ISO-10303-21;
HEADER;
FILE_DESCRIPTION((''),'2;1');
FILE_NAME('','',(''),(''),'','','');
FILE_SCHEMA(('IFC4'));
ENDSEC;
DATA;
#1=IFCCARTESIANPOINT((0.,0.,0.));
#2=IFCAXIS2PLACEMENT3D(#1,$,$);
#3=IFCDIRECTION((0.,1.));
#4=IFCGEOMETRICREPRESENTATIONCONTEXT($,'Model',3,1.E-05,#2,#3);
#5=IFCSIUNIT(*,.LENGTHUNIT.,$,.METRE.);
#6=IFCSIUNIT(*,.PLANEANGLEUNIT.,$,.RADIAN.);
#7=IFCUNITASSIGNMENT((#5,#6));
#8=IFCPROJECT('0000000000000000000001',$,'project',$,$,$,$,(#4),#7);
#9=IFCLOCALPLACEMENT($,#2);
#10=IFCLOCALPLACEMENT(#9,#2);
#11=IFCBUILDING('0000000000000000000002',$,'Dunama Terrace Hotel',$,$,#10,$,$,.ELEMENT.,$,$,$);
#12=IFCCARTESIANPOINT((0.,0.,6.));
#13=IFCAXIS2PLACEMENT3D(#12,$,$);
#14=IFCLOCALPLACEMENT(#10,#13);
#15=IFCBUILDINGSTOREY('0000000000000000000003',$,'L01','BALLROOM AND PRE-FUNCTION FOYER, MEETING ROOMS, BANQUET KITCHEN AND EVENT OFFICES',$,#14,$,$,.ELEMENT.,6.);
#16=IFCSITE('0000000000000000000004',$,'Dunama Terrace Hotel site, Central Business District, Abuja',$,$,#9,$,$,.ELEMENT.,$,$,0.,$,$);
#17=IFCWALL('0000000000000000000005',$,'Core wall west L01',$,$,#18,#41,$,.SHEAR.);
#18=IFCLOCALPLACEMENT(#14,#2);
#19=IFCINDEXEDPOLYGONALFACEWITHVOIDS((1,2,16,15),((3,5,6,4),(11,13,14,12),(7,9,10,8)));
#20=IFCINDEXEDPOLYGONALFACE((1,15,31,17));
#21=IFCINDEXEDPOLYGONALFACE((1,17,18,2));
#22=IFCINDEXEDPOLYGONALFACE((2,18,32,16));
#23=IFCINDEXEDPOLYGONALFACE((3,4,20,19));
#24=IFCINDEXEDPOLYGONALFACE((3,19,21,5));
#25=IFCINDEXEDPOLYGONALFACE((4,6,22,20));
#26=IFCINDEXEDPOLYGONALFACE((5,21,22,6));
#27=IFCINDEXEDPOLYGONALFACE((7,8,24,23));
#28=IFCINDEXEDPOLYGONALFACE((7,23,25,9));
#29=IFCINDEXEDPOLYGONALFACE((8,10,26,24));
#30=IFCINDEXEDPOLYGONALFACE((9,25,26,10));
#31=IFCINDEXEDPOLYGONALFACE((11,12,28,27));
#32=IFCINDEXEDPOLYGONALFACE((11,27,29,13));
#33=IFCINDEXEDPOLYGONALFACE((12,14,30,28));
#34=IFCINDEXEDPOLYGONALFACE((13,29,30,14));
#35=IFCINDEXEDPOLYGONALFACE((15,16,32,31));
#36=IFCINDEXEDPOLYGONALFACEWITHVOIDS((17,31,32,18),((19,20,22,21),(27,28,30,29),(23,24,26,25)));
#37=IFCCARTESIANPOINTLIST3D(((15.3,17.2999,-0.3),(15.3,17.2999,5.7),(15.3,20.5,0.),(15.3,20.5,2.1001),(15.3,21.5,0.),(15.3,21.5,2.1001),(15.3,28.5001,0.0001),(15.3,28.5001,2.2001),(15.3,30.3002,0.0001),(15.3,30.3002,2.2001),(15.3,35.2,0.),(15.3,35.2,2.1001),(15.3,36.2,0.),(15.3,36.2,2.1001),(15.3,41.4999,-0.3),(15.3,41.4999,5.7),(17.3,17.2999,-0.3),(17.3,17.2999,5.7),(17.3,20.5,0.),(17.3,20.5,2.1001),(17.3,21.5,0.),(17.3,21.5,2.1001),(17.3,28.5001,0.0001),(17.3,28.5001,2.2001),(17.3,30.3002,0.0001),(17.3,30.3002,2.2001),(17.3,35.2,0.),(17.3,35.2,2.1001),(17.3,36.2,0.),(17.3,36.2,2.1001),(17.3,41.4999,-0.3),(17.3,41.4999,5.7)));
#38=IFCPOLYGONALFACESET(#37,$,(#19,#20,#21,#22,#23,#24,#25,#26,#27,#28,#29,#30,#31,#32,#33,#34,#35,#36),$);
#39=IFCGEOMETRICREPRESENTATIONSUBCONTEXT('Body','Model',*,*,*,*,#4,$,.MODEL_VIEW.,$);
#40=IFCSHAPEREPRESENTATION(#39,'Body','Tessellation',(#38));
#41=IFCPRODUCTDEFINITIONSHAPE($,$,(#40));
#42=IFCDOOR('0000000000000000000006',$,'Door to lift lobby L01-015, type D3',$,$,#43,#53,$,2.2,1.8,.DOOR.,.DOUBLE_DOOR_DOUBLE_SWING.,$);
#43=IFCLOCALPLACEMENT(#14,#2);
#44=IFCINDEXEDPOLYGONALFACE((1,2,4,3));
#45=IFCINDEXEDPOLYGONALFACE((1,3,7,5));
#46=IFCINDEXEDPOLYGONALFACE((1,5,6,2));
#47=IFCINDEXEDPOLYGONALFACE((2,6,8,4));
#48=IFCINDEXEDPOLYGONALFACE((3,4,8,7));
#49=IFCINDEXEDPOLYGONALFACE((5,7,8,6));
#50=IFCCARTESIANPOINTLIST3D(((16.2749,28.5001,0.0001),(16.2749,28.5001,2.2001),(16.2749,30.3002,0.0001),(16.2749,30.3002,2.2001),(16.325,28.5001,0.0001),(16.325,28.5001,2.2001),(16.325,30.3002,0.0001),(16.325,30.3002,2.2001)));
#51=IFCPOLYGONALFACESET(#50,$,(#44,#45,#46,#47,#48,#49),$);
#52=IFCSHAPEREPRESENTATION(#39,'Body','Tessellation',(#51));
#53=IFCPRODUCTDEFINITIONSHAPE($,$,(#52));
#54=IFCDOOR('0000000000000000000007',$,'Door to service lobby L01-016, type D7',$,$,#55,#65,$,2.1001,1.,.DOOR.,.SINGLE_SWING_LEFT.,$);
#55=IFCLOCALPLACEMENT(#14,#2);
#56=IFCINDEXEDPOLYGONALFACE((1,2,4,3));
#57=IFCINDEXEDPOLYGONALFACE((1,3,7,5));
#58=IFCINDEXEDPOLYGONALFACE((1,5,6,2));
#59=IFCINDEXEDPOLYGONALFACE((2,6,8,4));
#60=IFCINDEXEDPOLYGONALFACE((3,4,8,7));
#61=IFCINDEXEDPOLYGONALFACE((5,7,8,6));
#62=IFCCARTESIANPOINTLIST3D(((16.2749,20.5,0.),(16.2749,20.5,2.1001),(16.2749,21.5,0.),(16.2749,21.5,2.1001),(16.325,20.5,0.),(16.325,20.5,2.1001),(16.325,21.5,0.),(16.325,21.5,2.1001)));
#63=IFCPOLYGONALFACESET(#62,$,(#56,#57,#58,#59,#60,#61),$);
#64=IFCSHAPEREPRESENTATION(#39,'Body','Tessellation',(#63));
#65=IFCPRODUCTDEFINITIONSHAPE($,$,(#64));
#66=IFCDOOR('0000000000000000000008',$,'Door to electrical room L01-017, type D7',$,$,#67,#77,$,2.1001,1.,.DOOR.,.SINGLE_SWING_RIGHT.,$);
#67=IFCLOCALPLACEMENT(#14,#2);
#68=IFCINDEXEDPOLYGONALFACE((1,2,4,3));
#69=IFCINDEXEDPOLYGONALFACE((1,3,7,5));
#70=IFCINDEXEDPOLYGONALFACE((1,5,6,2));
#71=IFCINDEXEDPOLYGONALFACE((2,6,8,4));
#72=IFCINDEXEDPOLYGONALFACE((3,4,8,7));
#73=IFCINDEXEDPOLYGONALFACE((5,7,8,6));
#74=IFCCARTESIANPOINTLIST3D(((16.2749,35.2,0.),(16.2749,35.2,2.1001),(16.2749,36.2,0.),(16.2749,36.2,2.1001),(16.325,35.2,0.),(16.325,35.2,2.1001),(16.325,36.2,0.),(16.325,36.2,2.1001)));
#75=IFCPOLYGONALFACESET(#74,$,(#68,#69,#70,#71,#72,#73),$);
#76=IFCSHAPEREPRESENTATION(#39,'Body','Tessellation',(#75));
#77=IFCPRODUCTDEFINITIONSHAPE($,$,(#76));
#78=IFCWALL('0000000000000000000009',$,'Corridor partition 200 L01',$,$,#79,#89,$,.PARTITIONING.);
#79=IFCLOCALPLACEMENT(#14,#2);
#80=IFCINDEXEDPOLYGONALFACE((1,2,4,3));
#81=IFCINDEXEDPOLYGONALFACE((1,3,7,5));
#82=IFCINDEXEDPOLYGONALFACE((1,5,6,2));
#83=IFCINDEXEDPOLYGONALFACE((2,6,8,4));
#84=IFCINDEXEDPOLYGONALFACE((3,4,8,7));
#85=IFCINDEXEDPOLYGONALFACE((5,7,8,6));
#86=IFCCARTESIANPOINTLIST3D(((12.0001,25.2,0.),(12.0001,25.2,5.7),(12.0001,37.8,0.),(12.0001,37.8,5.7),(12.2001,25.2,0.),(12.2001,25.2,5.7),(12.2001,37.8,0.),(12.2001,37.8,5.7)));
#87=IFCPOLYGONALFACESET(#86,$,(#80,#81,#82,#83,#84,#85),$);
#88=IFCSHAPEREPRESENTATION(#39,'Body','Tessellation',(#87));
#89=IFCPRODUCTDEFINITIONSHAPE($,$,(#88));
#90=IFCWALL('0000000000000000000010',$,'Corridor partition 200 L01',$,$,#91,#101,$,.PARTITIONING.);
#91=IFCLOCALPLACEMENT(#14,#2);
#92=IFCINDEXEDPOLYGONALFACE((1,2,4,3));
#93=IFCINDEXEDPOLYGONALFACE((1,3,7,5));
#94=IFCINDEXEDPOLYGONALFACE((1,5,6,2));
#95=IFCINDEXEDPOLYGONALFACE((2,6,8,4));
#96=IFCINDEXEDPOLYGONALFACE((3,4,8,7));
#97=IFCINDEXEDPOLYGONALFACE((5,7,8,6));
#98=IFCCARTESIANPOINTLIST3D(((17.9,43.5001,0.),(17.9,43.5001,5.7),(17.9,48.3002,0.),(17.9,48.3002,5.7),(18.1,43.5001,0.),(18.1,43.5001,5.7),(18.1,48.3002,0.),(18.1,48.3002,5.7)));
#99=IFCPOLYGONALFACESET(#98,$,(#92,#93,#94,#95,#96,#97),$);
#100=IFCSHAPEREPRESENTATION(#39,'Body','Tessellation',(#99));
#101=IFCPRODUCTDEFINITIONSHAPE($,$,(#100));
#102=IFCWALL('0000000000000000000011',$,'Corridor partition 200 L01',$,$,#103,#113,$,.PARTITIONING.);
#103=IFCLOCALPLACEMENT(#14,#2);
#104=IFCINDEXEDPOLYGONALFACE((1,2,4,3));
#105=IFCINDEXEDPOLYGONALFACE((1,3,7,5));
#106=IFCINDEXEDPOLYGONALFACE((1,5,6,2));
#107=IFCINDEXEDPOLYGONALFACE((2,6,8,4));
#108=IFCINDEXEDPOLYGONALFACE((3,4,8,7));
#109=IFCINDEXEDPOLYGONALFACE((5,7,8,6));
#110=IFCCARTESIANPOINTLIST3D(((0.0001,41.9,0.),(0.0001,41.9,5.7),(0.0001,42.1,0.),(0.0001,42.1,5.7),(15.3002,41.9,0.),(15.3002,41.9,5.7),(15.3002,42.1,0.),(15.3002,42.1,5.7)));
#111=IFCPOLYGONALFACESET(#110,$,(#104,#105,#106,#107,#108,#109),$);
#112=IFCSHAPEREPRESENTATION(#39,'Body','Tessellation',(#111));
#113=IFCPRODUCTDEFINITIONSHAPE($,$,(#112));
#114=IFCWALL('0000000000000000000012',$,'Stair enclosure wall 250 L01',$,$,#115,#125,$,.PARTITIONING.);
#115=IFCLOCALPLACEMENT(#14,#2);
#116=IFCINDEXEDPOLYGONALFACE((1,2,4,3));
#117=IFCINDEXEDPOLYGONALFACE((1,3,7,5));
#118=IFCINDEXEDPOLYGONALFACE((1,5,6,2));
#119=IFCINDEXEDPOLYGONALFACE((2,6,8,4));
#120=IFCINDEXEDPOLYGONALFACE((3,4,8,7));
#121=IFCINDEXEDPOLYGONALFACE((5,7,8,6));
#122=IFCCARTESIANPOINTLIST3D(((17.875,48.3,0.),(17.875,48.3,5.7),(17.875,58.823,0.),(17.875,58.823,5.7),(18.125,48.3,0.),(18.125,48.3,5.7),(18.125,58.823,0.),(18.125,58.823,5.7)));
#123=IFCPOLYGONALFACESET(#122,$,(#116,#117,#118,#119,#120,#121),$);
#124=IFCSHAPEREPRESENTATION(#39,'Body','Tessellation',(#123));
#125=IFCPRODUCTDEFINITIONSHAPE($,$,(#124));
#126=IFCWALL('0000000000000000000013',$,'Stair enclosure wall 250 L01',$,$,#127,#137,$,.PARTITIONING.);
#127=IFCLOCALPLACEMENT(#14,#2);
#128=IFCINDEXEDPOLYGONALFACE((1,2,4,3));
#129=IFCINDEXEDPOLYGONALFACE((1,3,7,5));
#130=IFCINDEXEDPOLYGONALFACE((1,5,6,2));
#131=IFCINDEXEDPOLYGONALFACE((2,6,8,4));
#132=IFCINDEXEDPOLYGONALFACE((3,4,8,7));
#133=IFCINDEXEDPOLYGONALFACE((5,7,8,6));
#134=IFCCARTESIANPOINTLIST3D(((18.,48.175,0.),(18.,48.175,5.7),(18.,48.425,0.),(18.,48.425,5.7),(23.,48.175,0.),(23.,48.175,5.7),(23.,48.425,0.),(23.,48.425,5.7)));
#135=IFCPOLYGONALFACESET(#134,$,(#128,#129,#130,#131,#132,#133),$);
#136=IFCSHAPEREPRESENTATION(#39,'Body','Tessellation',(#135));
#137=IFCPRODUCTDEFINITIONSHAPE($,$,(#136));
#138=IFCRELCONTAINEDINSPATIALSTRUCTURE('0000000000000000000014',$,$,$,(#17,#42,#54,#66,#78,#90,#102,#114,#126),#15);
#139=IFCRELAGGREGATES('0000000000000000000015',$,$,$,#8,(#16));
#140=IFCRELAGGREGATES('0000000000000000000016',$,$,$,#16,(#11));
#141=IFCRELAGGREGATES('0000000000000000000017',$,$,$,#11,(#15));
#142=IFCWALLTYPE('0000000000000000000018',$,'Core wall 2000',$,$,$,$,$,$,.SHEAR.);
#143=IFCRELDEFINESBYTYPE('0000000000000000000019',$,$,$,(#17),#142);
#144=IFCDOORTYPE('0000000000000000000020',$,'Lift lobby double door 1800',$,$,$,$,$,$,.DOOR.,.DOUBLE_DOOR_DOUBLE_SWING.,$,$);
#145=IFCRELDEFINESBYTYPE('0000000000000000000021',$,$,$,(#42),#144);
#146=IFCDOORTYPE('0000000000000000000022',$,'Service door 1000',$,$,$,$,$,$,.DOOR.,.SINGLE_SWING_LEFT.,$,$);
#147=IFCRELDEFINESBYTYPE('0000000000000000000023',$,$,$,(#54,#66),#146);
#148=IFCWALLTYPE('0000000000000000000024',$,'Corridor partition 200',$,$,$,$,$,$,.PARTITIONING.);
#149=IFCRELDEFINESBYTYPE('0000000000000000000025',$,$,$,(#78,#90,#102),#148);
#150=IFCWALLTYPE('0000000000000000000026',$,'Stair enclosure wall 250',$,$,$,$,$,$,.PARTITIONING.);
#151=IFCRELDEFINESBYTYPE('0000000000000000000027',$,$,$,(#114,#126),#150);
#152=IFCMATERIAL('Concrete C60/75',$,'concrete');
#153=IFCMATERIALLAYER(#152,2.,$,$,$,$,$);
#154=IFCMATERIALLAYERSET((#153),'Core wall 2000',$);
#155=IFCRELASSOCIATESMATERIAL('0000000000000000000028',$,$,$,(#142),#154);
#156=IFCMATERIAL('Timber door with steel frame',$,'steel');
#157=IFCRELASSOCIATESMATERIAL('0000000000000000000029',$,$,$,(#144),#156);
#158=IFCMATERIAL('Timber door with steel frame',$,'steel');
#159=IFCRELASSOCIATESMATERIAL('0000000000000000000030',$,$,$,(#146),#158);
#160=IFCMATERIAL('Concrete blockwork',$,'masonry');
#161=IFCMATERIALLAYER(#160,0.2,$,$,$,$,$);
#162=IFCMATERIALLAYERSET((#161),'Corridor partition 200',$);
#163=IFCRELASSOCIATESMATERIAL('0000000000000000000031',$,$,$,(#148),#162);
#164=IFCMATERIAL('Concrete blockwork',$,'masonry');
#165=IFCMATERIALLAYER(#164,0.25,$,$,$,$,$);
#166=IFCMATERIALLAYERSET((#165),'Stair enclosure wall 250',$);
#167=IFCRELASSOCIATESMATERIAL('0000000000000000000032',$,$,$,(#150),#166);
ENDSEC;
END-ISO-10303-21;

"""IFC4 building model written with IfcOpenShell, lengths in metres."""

from ifc_helpers import new_model, si_unit, direction, frame, frame_2d, origin, place, context, subcontext, project, spatial, rectangle, extrude, material, layer, layer_set, type_object, element, fill, save


model = new_model("IFC4")

# Units and contexts
model_context = context("Model", 3, precision=1e-05, world=origin(), true_north=direction((0.0, 1.0)))
body_context = subcontext(model_context, "Body", "Model", "MODEL_VIEW")
ifc_project = project(units=[si_unit("LENGTHUNIT", "METRE"), si_unit("PLANEANGLEUNIT", "RADIAN")], contexts=[model_context])

# Site, building, storey
site_placement = place(None, origin())
site = spatial("IfcSite", under=ifc_project, at=site_placement, Name="Dunama Terrace Hotel site, Central Business District, Abuja", CompositionType="ELEMENT", RefElevation=0.0)
building_placement = place(site_placement, origin())
building = spatial("IfcBuilding", under=site, at=building_placement, Name="Dunama Terrace Hotel", CompositionType="ELEMENT")
storey_placement = place(building_placement, frame((0.0, 0.0, 6.0)))
storey = spatial("IfcBuildingStorey", under=building, at=storey_placement, Name="L01", Description="BALLROOM AND PRE-FUNCTION FOYER, MEETING ROOMS, BANQUET KITCHEN AND EVENT OFFICES", CompositionType="ELEMENT", Elevation=6.0)

# Wall, openings, doors
ifc_material_1 = material(Name="Concrete C60/75", Category="concrete")
ifc_layer_1 = layer(ifc_material_1, 2.0)
ifc_layer_set_1 = layer_set([ifc_layer_1], Name="Core wall 2000")
wall_type_1 = type_object("IfcWallType", Name="Core wall 2000", PredefinedType="SHEAR", material=ifc_layer_set_1)
wall_1_placement = place(storey_placement, frame((16.3, 41.5, -0.3), z_axis=(0.0, 0.0, 1.0), x_axis=(0.0, -1.0, 0.0)))
wall_1 = element("IfcWall", 1, at=wall_1_placement, inside=storey, type_object=wall_type_1, Name="Core wall west L01", PredefinedType="SHEAR", context=body_context, shape_type="SweptSolid", body=[
    extrude(rectangle(XDim=24.2, YDim=2.0, at=frame_2d((12.1001, 0.0))), origin(), (0.0, 0.0, 1.0), 6.0),
])
opening_1_placement = place(wall_1_placement, frame((11.2, 0.0, 0.3)))
opening_1 = element("IfcOpeningElement", 2, at=opening_1_placement, cuts=wall_1, PredefinedType="OPENING", context=body_context, shape_type="SweptSolid", body=[
    extrude(rectangle(XDim=1.8, YDim=2.2, at=frame_2d((0.8999, 1.1001))), frame((0.0, 1.01, 0.0), z_axis=(0.0, -1.0, 0.0), x_axis=(1.0, 0.0, 0.0)), (0.0, 0.0, 1.0), 2.02),
])
opening_2_placement = place(wall_1_placement, frame((20.0, 0.0, 0.3)))
opening_2 = element("IfcOpeningElement", 3, at=opening_2_placement, cuts=wall_1, PredefinedType="OPENING", context=body_context, shape_type="SweptSolid", body=[
    extrude(rectangle(XDim=1.0, YDim=2.1001, at=frame_2d((0.5, 1.05))), frame((0.0, 1.01, 0.0), z_axis=(0.0, -1.0, 0.0), x_axis=(1.0, 0.0, 0.0)), (0.0, 0.0, 1.0), 2.02),
])
opening_3_placement = place(wall_1_placement, frame((5.3, 0.0, 0.3)))
opening_3 = element("IfcOpeningElement", 4, at=opening_3_placement, cuts=wall_1, PredefinedType="OPENING", context=body_context, shape_type="SweptSolid", body=[
    extrude(rectangle(XDim=1.0, YDim=2.1001, at=frame_2d((0.5, 1.05))), frame((0.0, 1.01, 0.0), z_axis=(0.0, -1.0, 0.0), x_axis=(1.0, 0.0, 0.0)), (0.0, 0.0, 1.0), 2.02),
])
ifc_material_2 = material(Name="Timber door with steel frame", Category="steel")
door_type_1 = type_object("IfcDoorType", Name="Lift lobby double door 1800", OperationType="DOUBLE_DOOR_DOUBLE_SWING", PredefinedType="DOOR", material=ifc_material_2)
door_1_placement = place(opening_1_placement, origin())
door_1 = element("IfcDoor", 5, at=door_1_placement, inside=storey, type_object=door_type_1, Name="Door to lift lobby L01-015, type D3", OperationType="DOUBLE_DOOR_DOUBLE_SWING", OverallHeight=2.2, OverallWidth=1.8, PredefinedType="DOOR", context=body_context, shape_type="SweptSolid", body=[
    extrude(rectangle(XDim=1.8, YDim=2.2, at=frame_2d((0.8999, 1.1001))), frame((0.0, 0.0249, 0.0), z_axis=(0.0, -1.0, 0.0), x_axis=(1.0, 0.0, 0.0)), (0.0, 0.0, 1.0), 0.05),
])
fill(opening_1, door_1)
ifc_material_3 = material(Name="Timber door with steel frame", Category="steel")
door_type_2 = type_object("IfcDoorType", Name="Service door 1000", OperationType="SINGLE_SWING_LEFT", PredefinedType="DOOR", material=ifc_material_3)
door_2_placement = place(opening_2_placement, origin())
door_2 = element("IfcDoor", 6, at=door_2_placement, inside=storey, type_object=door_type_2, Name="Door to service lobby L01-016, type D7", OperationType="SINGLE_SWING_LEFT", OverallHeight=2.1001, OverallWidth=1.0, PredefinedType="DOOR", context=body_context, shape_type="SweptSolid", body=[
    extrude(rectangle(XDim=1.0, YDim=2.1001, at=frame_2d((0.5, 1.05))), frame((0.0, 0.0249, 0.0), z_axis=(0.0, -1.0, 0.0), x_axis=(1.0, 0.0, 0.0)), (0.0, 0.0, 1.0), 0.05),
])
fill(opening_2, door_2)
door_3_placement = place(opening_3_placement, origin())
door_3 = element("IfcDoor", 7, at=door_3_placement, inside=storey, type_object=door_type_2, Name="Door to electrical room L01-017, type D7", OperationType="SINGLE_SWING_RIGHT", OverallHeight=2.1001, OverallWidth=1.0, PredefinedType="DOOR", context=body_context, shape_type="SweptSolid", body=[
    extrude(rectangle(XDim=1.0, YDim=2.1001, at=frame_2d((0.5, 1.05))), frame((0.0, 0.0249, 0.0), z_axis=(0.0, -1.0, 0.0), x_axis=(1.0, 0.0, 0.0)), (0.0, 0.0, 1.0), 0.05),
])
fill(opening_3, door_3)

# Walls
ifc_material_4 = material(Name="Concrete blockwork", Category="masonry")
ifc_layer_2 = layer(ifc_material_4, 0.2)
ifc_layer_set_2 = layer_set([ifc_layer_2], Name="Corridor partition 200")
wall_type_2 = type_object("IfcWallType", Name="Corridor partition 200", PredefinedType="PARTITIONING", material=ifc_layer_set_2)
wall_2_placement = place(storey_placement, frame((12.1001, 37.8, 0.0), z_axis=(0.0, 0.0, 1.0), x_axis=(0.0, -1.0, 0.0)))
element("IfcWall", 8, at=wall_2_placement, inside=storey, type_object=wall_type_2, Name="Corridor partition 200 L01", PredefinedType="PARTITIONING", context=body_context, shape_type="SweptSolid", body=[
    extrude(rectangle(XDim=12.6001, YDim=0.2, at=frame_2d((6.3, 0.0))), origin(), (0.0, 0.0, 1.0), 5.7),
])
wall_3_placement = place(storey_placement, frame((18.0, 48.3, 0.0), z_axis=(0.0, 0.0, 1.0), x_axis=(0.0, -1.0, 0.0)))
element("IfcWall", 9, at=wall_3_placement, inside=storey, type_object=wall_type_2, Name="Corridor partition 200 L01", PredefinedType="PARTITIONING", context=body_context, shape_type="SweptSolid", body=[
    extrude(rectangle(XDim=4.8, YDim=0.2, at=frame_2d((2.3999, 0.0))), origin(), (0.0, 0.0, 1.0), 5.7),
])
wall_4_placement = place(storey_placement, frame((15.3, 42.0, 0.0), z_axis=(0.0, 0.0, 1.0), x_axis=(-1.0, 0.0, 0.0)))
element("IfcWall", 10, at=wall_4_placement, inside=storey, type_object=wall_type_2, Name="Corridor partition 200 L01", PredefinedType="PARTITIONING", context=body_context, shape_type="SweptSolid", body=[
    extrude(rectangle(XDim=15.3, YDim=0.2, at=frame_2d((7.6499, 0.0))), origin(), (0.0, 0.0, 1.0), 5.7),
])
ifc_material_5 = material(Name="Concrete blockwork", Category="masonry")
ifc_layer_3 = layer(ifc_material_5, 0.25)
ifc_layer_set_3 = layer_set([ifc_layer_3], Name="Stair enclosure wall 250")
wall_type_3 = type_object("IfcWallType", Name="Stair enclosure wall 250", PredefinedType="PARTITIONING", material=ifc_layer_set_3)
wall_5_placement = place(storey_placement, frame((18.0, 48.3, 0.0), z_axis=(0.0, 0.0, 1.0), x_axis=(0.0, 1.0, 0.0)))
element("IfcWall", 11, at=wall_5_placement, inside=storey, type_object=wall_type_3, Name="Stair enclosure wall 250 L01", PredefinedType="PARTITIONING", context=body_context, shape_type="SweptSolid", body=[
    extrude(rectangle(XDim=10.5229, YDim=0.25, at=frame_2d((5.2615, 0.0))), origin(), (0.0, 0.0, 1.0), 5.7),
])
wall_6_placement = place(storey_placement, frame((18.0, 48.3, 0.0), z_axis=(0.0, 0.0, 1.0), x_axis=(1.0, 0.0, 0.0)))
element("IfcWall", 12, at=wall_6_placement, inside=storey, type_object=wall_type_3, Name="Stair enclosure wall 250 L01", PredefinedType="PARTITIONING", context=body_context, shape_type="SweptSolid", body=[
    extrude(rectangle(XDim=5.0, YDim=0.25, at=frame_2d((2.5, 0.0))), origin(), (0.0, 0.0, 1.0), 5.7),
])

save(model, "model.ifc")
